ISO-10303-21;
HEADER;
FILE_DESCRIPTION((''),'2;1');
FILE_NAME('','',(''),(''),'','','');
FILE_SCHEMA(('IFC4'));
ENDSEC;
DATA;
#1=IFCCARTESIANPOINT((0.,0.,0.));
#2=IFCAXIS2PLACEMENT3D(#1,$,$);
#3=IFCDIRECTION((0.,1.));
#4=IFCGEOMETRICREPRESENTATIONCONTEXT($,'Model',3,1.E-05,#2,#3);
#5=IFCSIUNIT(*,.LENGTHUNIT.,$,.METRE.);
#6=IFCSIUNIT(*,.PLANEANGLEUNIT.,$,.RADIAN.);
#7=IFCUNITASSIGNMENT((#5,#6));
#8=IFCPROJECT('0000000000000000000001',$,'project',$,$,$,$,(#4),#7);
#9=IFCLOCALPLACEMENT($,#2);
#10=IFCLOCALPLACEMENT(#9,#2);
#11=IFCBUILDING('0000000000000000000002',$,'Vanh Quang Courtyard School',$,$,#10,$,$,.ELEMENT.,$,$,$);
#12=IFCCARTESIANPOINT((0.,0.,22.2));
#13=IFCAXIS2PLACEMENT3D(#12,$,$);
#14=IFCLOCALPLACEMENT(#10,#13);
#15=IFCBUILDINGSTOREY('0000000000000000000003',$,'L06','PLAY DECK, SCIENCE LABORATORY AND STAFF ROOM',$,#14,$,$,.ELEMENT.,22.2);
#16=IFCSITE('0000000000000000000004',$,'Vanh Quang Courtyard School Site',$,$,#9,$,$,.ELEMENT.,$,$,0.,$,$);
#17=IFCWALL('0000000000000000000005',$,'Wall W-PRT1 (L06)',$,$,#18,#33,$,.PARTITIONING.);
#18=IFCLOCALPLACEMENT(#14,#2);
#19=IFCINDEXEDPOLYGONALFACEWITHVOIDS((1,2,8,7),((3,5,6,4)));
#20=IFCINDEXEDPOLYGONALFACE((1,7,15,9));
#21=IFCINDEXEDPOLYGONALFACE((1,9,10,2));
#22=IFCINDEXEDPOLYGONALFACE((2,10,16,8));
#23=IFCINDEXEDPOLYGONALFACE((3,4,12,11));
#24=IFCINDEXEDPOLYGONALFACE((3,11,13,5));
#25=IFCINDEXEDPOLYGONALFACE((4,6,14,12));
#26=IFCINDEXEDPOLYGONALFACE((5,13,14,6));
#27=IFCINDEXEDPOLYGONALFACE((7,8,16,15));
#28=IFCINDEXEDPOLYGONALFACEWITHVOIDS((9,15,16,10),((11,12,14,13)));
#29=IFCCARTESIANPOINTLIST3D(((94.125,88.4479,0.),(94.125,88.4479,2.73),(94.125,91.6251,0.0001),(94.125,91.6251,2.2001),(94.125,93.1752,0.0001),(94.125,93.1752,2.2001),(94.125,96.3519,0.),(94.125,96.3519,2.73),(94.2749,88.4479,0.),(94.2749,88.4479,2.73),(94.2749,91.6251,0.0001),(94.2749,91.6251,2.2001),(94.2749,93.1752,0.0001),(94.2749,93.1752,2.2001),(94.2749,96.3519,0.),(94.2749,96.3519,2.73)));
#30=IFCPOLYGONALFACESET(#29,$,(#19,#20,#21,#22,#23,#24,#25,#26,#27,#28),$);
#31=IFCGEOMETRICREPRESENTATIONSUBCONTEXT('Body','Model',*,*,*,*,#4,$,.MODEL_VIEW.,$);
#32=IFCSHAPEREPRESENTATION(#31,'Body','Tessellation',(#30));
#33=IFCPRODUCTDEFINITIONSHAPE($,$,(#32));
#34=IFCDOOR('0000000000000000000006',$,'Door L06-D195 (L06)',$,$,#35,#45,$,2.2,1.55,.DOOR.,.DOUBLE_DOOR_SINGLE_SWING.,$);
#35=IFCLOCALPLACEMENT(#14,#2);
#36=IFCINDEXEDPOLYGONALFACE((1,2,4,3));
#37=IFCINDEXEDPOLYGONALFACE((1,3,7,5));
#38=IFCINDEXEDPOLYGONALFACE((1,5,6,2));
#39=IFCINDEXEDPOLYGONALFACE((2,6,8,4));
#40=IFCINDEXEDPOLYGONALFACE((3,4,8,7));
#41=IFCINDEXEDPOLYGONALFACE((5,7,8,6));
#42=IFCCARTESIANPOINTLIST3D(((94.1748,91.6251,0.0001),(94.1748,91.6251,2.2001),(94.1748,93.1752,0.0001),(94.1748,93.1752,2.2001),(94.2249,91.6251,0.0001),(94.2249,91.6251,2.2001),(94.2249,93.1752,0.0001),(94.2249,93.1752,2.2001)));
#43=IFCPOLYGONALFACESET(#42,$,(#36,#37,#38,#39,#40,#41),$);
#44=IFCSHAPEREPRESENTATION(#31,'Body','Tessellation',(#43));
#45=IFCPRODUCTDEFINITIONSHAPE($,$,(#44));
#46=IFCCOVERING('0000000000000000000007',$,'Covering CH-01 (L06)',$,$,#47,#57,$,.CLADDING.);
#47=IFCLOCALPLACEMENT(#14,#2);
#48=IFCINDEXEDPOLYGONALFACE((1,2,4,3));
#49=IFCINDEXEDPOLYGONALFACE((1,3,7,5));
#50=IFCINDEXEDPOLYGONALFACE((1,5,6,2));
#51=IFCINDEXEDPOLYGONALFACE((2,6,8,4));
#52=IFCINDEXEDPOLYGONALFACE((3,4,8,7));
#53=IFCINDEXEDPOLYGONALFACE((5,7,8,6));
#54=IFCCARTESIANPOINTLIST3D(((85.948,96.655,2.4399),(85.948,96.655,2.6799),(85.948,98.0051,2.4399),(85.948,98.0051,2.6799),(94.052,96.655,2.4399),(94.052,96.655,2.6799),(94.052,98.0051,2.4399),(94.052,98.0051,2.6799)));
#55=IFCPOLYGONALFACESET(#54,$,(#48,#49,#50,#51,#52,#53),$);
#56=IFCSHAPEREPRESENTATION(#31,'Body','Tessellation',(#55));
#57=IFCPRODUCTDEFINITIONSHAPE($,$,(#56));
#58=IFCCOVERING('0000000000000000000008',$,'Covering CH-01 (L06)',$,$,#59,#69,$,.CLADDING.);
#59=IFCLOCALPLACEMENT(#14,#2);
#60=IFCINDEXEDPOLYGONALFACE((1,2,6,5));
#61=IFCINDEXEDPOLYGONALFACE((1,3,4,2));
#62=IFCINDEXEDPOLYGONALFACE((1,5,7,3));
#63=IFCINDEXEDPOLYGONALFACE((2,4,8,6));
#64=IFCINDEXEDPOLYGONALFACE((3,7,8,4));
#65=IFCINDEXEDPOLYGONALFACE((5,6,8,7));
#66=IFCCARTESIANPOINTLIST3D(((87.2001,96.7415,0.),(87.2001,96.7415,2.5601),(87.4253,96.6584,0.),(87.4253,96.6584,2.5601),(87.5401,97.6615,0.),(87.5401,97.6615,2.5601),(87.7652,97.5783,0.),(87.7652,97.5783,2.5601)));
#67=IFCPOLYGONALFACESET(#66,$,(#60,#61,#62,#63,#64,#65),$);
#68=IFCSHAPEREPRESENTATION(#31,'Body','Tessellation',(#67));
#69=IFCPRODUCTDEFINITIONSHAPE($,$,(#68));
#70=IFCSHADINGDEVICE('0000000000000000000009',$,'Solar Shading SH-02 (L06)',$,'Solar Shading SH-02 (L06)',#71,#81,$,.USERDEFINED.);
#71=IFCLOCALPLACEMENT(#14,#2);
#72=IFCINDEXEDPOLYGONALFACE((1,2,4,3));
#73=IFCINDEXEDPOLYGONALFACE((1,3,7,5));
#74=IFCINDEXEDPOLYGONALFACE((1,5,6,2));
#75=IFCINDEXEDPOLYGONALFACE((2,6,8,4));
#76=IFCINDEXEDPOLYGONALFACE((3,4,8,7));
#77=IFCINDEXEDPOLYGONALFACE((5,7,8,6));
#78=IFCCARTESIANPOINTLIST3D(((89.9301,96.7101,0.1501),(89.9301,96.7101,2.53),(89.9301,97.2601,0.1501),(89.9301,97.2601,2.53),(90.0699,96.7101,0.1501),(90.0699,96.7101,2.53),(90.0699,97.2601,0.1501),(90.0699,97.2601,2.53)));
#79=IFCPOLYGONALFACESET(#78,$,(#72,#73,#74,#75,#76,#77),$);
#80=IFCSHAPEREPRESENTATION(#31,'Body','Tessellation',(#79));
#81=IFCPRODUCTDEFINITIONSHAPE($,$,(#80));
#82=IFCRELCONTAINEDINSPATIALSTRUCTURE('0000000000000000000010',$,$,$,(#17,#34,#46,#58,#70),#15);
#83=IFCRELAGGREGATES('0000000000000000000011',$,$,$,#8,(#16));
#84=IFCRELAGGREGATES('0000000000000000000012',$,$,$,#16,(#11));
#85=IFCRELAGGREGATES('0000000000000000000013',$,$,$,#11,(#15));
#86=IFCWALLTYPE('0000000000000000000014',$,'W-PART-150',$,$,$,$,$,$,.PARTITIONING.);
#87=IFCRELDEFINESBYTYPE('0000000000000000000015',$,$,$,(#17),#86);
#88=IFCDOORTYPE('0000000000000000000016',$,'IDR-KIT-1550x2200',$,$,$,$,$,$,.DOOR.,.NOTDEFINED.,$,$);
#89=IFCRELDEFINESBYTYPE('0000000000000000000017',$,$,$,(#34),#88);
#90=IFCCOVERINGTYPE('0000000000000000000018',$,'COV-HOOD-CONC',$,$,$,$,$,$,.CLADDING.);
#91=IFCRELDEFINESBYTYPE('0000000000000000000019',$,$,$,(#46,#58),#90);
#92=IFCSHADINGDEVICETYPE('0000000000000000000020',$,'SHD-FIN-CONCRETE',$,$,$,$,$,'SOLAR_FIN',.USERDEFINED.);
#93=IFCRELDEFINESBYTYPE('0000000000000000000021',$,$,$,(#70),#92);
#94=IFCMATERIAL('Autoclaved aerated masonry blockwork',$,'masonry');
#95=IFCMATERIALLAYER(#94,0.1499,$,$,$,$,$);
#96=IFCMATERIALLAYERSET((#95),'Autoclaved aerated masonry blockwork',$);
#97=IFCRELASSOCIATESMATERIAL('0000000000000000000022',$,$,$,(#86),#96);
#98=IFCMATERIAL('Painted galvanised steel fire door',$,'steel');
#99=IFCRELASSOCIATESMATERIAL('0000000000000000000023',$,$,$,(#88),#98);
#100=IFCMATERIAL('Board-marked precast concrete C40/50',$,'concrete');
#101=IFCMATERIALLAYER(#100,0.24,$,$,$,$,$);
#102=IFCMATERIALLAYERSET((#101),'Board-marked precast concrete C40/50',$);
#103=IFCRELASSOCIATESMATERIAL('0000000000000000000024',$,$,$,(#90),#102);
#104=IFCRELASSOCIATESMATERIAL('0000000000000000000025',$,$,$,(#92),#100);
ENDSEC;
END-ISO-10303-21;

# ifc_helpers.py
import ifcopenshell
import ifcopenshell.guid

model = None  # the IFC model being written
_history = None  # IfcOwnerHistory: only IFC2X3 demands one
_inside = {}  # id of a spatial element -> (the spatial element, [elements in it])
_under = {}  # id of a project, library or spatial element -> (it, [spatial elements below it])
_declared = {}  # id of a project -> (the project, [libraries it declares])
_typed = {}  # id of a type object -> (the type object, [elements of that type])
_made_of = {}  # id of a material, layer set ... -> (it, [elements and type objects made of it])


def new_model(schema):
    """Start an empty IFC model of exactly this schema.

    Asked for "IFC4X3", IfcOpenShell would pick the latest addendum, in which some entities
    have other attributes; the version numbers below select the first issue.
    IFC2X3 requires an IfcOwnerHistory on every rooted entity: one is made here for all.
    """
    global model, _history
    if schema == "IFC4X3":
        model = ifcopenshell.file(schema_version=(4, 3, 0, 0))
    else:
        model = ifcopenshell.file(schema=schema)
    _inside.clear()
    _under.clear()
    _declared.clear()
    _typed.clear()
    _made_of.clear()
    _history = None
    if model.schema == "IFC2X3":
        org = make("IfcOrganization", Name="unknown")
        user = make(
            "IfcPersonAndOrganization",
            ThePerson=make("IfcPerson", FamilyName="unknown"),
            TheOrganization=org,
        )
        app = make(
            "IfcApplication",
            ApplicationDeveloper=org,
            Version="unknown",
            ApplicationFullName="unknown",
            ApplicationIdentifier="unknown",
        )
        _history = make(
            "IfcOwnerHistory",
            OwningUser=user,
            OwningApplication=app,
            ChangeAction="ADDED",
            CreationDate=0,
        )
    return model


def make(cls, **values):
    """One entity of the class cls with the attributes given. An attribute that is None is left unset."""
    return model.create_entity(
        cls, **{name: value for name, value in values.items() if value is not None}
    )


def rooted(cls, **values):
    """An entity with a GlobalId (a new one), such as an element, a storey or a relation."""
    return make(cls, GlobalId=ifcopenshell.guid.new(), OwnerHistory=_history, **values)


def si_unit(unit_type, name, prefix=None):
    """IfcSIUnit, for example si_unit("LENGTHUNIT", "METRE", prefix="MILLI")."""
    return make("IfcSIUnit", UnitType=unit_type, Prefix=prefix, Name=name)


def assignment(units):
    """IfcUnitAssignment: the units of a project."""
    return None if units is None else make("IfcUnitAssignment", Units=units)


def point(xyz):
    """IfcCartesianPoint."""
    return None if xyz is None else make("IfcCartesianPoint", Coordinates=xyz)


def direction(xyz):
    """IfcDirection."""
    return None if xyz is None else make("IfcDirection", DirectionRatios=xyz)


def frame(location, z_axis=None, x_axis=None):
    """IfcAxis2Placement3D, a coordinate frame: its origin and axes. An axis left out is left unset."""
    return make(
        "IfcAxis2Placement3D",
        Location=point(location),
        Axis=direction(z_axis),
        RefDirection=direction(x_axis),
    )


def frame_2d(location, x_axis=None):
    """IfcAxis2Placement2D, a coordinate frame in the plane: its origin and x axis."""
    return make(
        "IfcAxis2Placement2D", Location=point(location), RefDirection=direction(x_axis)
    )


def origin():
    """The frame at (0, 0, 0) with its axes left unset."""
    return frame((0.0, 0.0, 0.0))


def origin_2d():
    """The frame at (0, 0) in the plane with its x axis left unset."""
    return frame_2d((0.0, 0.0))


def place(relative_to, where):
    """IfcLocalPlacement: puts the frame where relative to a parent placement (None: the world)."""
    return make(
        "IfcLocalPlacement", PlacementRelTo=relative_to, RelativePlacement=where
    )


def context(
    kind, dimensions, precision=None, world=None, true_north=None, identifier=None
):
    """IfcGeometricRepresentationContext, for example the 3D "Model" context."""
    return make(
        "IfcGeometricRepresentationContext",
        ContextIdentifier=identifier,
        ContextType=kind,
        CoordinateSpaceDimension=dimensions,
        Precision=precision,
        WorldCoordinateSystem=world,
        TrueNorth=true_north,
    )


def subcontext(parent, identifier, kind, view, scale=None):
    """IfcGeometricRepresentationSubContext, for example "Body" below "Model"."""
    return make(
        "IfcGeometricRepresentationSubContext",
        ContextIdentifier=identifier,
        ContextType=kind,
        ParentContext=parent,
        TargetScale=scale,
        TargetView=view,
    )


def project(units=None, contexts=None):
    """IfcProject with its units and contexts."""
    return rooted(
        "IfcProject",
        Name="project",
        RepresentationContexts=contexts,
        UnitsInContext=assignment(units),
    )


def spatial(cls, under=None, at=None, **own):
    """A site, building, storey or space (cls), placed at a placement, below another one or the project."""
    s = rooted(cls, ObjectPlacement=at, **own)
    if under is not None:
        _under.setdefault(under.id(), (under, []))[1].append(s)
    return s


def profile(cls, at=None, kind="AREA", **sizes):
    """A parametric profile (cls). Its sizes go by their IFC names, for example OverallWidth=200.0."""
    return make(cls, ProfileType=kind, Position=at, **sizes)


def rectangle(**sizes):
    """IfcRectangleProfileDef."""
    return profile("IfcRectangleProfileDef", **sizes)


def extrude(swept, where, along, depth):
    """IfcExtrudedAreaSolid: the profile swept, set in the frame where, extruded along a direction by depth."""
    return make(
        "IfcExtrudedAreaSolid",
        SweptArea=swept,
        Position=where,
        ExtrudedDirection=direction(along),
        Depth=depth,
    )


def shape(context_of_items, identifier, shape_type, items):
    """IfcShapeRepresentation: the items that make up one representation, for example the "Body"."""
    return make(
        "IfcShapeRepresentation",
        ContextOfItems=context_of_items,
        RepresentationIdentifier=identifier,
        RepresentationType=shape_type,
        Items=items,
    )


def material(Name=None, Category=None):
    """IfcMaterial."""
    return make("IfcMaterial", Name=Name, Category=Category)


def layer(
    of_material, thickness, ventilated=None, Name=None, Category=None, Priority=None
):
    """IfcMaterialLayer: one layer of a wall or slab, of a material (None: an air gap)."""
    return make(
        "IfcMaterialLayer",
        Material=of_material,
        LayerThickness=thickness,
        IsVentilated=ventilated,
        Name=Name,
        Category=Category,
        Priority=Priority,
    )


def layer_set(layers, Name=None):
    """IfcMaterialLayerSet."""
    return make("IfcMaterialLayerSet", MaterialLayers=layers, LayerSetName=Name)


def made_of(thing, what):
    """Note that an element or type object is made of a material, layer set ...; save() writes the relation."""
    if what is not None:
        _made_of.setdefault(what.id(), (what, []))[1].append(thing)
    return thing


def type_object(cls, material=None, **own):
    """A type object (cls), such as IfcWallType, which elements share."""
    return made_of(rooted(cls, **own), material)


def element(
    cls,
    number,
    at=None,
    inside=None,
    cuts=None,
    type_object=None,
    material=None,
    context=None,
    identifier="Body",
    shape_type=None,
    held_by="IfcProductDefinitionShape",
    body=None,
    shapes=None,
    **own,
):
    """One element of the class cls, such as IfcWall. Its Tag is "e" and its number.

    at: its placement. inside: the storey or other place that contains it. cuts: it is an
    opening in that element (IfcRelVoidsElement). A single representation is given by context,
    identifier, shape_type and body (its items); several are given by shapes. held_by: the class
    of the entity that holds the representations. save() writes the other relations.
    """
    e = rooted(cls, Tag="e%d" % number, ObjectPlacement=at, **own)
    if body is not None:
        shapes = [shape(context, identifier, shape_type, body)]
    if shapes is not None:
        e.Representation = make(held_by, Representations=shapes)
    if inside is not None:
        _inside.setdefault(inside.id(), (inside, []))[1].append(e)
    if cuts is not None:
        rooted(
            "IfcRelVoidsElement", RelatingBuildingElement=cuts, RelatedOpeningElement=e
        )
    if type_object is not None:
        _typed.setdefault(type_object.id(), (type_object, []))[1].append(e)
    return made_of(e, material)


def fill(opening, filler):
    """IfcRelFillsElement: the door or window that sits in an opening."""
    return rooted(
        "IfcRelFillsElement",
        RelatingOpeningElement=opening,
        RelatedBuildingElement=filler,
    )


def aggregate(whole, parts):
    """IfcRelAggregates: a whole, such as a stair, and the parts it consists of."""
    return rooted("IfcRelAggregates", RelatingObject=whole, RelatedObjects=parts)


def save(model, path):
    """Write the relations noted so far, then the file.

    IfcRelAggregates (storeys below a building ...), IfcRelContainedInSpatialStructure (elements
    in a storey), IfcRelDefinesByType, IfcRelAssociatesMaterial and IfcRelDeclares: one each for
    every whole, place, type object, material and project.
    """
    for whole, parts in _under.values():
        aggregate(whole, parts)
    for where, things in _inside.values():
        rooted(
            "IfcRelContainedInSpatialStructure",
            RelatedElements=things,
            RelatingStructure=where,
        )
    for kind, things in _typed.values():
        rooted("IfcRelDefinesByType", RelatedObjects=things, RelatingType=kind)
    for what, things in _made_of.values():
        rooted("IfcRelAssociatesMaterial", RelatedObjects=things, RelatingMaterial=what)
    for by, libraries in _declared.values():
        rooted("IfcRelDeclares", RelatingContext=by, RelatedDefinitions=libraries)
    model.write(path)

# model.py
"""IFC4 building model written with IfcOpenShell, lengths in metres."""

from ifc_helpers import new_model, si_unit, direction, frame, frame_2d, origin, origin_2d, place, context, subcontext, project, spatial, rectangle, extrude, material, layer, layer_set, type_object, element, fill, save


model = new_model("IFC4")

# Units and contexts
model_context = context("Model", 3, precision=1e-05, world=origin(), true_north=direction((0.0, 1.0)))
body_context = subcontext(model_context, "Body", "Model", "MODEL_VIEW")
ifc_project = project(units=[si_unit("LENGTHUNIT", "METRE"), si_unit("PLANEANGLEUNIT", "RADIAN")], contexts=[model_context])

# Site, building, storey
site_placement = place(None, origin())
site = spatial("IfcSite", under=ifc_project, at=site_placement, Name="Vanh Quang Courtyard School Site", CompositionType="ELEMENT", RefElevation=0.0)
building_placement = place(site_placement, origin())
building = spatial("IfcBuilding", under=site, at=building_placement, Name="Vanh Quang Courtyard School", CompositionType="ELEMENT")
storey_placement = place(building_placement, frame((0.0, 0.0, 22.2)))
storey = spatial("IfcBuildingStorey", under=building, at=storey_placement, Name="L06", Description="PLAY DECK, SCIENCE LABORATORY AND STAFF ROOM", CompositionType="ELEMENT", Elevation=22.2)

# Wall, opening, door
ifc_material_1 = material(Name="Autoclaved aerated masonry blockwork", Category="masonry")
ifc_layer_1 = layer(ifc_material_1, 0.1499)
ifc_layer_set_1 = layer_set([ifc_layer_1], Name="Autoclaved aerated masonry blockwork")
wall_type_1 = type_object("IfcWallType", Name="W-PART-150", PredefinedType="PARTITIONING", material=ifc_layer_set_1)
wall_1_placement = place(storey_placement, frame((94.2, 96.3521, 0.0), z_axis=(0.0, 0.0, 1.0), x_axis=(0.0, -1.0, 0.0)))
wall_1 = element("IfcWall", 1, at=wall_1_placement, inside=storey, type_object=wall_type_1, Name="Wall W-PRT1 (L06)", PredefinedType="PARTITIONING", context=body_context, shape_type="SweptSolid", body=[
    extrude(rectangle(XDim=7.9041, YDim=0.1499, at=frame_2d((3.9521, 0.0))), origin(), (0.0, 0.0, 1.0), 2.73),
])
opening_1_placement = place(wall_1_placement, frame((3.177, 0.0, 0.0)))
opening_1 = element("IfcOpeningElement", 2, at=opening_1_placement, cuts=wall_1, PredefinedType="OPENING", context=body_context, shape_type="SweptSolid", body=[
    extrude(rectangle(XDim=1.55, YDim=2.2, at=frame_2d((0.7749, 1.1001))), frame((0.0, 0.085, 0.0), z_axis=(0.0, -1.0, 0.0), x_axis=(1.0, 0.0, 0.0)), (0.0, 0.0, 1.0), 0.1699),
])
ifc_material_2 = material(Name="Painted galvanised steel fire door", Category="steel")
door_type = type_object("IfcDoorType", Name="IDR-KIT-1550x2200", OperationType="NOTDEFINED", PredefinedType="DOOR", material=ifc_material_2)
door_placement = place(opening_1_placement, origin())
door = element("IfcDoor", 3, at=door_placement, inside=storey, type_object=door_type, Name="Door L06-D195 (L06)", OperationType="DOUBLE_DOOR_SINGLE_SWING", OverallHeight=2.2, OverallWidth=1.55, PredefinedType="DOOR", context=body_context, shape_type="SweptSolid", body=[
    extrude(rectangle(XDim=1.55, YDim=2.2, at=frame_2d((0.7749, 1.1001))), frame((0.0, 0.0249, 0.0), z_axis=(0.0, -1.0, 0.0), x_axis=(1.0, 0.0, 0.0)), (0.0, 0.0, 1.0), 0.05),
])
fill(opening_1, door)

# Coverings
ifc_material_3 = material(Name="Board-marked precast concrete C40/50", Category="concrete")
ifc_layer_2 = layer(ifc_material_3, 0.24)
ifc_layer_set_2 = layer_set([ifc_layer_2], Name="Board-marked precast concrete C40/50")
covering_type = type_object("IfcCoveringType", Name="COV-HOOD-CONC", PredefinedType="CLADDING", material=ifc_layer_set_2)
covering_1_placement = place(storey_placement, frame((90.0, 97.3301, 2.4399), z_axis=(0.0, 0.0, 1.0), x_axis=(1.0, 0.0, 0.0)))
element("IfcCovering", 4, at=covering_1_placement, inside=storey, type_object=covering_type, Name="Covering CH-01 (L06)", PredefinedType="CLADDING", context=body_context, shape_type="SweptSolid", body=[
    extrude(rectangle(XDim=8.104, YDim=1.3501, at=origin_2d()), origin(), (0.0, 0.0, 1.0), 0.24),
])
covering_2_placement = place(storey_placement, frame((87.4827, 97.1599, 0.0), z_axis=(0.0, 0.0, 1.0), x_axis=(0.346608, 0.93801, 0.0)))
element("IfcCovering", 5, at=covering_2_placement, inside=storey, type_object=covering_type, Name="Covering CH-01 (L06)", PredefinedType="CLADDING", context=body_context, shape_type="SweptSolid", body=[
    extrude(rectangle(XDim=0.9807, YDim=0.24, at=origin_2d()), origin(), (0.0, 0.0, 1.0), 2.5601),
])

# Shading device
shading_device_type = type_object("IfcShadingDeviceType", Name="SHD-FIN-CONCRETE", ElementType="SOLAR_FIN", PredefinedType="USERDEFINED", material=ifc_material_3)
shading_device_placement = place(storey_placement, frame((90.0, 96.9851, 0.1501), z_axis=(0.0, 0.0, 1.0), x_axis=(1.0, 0.0, 0.0)))
element("IfcShadingDevice", 6, at=shading_device_placement, inside=storey, type_object=shading_device_type, Name="Solar Shading SH-02 (L06)", ObjectType="Solar Shading SH-02 (L06)", PredefinedType="USERDEFINED", context=body_context, shape_type="SweptSolid", body=[
    extrude(rectangle(XDim=0.1399, YDim=0.55, at=origin_2d()), origin(), (0.0, 0.0, 1.0), 2.3799),
])

save(model, "model.ifc")
